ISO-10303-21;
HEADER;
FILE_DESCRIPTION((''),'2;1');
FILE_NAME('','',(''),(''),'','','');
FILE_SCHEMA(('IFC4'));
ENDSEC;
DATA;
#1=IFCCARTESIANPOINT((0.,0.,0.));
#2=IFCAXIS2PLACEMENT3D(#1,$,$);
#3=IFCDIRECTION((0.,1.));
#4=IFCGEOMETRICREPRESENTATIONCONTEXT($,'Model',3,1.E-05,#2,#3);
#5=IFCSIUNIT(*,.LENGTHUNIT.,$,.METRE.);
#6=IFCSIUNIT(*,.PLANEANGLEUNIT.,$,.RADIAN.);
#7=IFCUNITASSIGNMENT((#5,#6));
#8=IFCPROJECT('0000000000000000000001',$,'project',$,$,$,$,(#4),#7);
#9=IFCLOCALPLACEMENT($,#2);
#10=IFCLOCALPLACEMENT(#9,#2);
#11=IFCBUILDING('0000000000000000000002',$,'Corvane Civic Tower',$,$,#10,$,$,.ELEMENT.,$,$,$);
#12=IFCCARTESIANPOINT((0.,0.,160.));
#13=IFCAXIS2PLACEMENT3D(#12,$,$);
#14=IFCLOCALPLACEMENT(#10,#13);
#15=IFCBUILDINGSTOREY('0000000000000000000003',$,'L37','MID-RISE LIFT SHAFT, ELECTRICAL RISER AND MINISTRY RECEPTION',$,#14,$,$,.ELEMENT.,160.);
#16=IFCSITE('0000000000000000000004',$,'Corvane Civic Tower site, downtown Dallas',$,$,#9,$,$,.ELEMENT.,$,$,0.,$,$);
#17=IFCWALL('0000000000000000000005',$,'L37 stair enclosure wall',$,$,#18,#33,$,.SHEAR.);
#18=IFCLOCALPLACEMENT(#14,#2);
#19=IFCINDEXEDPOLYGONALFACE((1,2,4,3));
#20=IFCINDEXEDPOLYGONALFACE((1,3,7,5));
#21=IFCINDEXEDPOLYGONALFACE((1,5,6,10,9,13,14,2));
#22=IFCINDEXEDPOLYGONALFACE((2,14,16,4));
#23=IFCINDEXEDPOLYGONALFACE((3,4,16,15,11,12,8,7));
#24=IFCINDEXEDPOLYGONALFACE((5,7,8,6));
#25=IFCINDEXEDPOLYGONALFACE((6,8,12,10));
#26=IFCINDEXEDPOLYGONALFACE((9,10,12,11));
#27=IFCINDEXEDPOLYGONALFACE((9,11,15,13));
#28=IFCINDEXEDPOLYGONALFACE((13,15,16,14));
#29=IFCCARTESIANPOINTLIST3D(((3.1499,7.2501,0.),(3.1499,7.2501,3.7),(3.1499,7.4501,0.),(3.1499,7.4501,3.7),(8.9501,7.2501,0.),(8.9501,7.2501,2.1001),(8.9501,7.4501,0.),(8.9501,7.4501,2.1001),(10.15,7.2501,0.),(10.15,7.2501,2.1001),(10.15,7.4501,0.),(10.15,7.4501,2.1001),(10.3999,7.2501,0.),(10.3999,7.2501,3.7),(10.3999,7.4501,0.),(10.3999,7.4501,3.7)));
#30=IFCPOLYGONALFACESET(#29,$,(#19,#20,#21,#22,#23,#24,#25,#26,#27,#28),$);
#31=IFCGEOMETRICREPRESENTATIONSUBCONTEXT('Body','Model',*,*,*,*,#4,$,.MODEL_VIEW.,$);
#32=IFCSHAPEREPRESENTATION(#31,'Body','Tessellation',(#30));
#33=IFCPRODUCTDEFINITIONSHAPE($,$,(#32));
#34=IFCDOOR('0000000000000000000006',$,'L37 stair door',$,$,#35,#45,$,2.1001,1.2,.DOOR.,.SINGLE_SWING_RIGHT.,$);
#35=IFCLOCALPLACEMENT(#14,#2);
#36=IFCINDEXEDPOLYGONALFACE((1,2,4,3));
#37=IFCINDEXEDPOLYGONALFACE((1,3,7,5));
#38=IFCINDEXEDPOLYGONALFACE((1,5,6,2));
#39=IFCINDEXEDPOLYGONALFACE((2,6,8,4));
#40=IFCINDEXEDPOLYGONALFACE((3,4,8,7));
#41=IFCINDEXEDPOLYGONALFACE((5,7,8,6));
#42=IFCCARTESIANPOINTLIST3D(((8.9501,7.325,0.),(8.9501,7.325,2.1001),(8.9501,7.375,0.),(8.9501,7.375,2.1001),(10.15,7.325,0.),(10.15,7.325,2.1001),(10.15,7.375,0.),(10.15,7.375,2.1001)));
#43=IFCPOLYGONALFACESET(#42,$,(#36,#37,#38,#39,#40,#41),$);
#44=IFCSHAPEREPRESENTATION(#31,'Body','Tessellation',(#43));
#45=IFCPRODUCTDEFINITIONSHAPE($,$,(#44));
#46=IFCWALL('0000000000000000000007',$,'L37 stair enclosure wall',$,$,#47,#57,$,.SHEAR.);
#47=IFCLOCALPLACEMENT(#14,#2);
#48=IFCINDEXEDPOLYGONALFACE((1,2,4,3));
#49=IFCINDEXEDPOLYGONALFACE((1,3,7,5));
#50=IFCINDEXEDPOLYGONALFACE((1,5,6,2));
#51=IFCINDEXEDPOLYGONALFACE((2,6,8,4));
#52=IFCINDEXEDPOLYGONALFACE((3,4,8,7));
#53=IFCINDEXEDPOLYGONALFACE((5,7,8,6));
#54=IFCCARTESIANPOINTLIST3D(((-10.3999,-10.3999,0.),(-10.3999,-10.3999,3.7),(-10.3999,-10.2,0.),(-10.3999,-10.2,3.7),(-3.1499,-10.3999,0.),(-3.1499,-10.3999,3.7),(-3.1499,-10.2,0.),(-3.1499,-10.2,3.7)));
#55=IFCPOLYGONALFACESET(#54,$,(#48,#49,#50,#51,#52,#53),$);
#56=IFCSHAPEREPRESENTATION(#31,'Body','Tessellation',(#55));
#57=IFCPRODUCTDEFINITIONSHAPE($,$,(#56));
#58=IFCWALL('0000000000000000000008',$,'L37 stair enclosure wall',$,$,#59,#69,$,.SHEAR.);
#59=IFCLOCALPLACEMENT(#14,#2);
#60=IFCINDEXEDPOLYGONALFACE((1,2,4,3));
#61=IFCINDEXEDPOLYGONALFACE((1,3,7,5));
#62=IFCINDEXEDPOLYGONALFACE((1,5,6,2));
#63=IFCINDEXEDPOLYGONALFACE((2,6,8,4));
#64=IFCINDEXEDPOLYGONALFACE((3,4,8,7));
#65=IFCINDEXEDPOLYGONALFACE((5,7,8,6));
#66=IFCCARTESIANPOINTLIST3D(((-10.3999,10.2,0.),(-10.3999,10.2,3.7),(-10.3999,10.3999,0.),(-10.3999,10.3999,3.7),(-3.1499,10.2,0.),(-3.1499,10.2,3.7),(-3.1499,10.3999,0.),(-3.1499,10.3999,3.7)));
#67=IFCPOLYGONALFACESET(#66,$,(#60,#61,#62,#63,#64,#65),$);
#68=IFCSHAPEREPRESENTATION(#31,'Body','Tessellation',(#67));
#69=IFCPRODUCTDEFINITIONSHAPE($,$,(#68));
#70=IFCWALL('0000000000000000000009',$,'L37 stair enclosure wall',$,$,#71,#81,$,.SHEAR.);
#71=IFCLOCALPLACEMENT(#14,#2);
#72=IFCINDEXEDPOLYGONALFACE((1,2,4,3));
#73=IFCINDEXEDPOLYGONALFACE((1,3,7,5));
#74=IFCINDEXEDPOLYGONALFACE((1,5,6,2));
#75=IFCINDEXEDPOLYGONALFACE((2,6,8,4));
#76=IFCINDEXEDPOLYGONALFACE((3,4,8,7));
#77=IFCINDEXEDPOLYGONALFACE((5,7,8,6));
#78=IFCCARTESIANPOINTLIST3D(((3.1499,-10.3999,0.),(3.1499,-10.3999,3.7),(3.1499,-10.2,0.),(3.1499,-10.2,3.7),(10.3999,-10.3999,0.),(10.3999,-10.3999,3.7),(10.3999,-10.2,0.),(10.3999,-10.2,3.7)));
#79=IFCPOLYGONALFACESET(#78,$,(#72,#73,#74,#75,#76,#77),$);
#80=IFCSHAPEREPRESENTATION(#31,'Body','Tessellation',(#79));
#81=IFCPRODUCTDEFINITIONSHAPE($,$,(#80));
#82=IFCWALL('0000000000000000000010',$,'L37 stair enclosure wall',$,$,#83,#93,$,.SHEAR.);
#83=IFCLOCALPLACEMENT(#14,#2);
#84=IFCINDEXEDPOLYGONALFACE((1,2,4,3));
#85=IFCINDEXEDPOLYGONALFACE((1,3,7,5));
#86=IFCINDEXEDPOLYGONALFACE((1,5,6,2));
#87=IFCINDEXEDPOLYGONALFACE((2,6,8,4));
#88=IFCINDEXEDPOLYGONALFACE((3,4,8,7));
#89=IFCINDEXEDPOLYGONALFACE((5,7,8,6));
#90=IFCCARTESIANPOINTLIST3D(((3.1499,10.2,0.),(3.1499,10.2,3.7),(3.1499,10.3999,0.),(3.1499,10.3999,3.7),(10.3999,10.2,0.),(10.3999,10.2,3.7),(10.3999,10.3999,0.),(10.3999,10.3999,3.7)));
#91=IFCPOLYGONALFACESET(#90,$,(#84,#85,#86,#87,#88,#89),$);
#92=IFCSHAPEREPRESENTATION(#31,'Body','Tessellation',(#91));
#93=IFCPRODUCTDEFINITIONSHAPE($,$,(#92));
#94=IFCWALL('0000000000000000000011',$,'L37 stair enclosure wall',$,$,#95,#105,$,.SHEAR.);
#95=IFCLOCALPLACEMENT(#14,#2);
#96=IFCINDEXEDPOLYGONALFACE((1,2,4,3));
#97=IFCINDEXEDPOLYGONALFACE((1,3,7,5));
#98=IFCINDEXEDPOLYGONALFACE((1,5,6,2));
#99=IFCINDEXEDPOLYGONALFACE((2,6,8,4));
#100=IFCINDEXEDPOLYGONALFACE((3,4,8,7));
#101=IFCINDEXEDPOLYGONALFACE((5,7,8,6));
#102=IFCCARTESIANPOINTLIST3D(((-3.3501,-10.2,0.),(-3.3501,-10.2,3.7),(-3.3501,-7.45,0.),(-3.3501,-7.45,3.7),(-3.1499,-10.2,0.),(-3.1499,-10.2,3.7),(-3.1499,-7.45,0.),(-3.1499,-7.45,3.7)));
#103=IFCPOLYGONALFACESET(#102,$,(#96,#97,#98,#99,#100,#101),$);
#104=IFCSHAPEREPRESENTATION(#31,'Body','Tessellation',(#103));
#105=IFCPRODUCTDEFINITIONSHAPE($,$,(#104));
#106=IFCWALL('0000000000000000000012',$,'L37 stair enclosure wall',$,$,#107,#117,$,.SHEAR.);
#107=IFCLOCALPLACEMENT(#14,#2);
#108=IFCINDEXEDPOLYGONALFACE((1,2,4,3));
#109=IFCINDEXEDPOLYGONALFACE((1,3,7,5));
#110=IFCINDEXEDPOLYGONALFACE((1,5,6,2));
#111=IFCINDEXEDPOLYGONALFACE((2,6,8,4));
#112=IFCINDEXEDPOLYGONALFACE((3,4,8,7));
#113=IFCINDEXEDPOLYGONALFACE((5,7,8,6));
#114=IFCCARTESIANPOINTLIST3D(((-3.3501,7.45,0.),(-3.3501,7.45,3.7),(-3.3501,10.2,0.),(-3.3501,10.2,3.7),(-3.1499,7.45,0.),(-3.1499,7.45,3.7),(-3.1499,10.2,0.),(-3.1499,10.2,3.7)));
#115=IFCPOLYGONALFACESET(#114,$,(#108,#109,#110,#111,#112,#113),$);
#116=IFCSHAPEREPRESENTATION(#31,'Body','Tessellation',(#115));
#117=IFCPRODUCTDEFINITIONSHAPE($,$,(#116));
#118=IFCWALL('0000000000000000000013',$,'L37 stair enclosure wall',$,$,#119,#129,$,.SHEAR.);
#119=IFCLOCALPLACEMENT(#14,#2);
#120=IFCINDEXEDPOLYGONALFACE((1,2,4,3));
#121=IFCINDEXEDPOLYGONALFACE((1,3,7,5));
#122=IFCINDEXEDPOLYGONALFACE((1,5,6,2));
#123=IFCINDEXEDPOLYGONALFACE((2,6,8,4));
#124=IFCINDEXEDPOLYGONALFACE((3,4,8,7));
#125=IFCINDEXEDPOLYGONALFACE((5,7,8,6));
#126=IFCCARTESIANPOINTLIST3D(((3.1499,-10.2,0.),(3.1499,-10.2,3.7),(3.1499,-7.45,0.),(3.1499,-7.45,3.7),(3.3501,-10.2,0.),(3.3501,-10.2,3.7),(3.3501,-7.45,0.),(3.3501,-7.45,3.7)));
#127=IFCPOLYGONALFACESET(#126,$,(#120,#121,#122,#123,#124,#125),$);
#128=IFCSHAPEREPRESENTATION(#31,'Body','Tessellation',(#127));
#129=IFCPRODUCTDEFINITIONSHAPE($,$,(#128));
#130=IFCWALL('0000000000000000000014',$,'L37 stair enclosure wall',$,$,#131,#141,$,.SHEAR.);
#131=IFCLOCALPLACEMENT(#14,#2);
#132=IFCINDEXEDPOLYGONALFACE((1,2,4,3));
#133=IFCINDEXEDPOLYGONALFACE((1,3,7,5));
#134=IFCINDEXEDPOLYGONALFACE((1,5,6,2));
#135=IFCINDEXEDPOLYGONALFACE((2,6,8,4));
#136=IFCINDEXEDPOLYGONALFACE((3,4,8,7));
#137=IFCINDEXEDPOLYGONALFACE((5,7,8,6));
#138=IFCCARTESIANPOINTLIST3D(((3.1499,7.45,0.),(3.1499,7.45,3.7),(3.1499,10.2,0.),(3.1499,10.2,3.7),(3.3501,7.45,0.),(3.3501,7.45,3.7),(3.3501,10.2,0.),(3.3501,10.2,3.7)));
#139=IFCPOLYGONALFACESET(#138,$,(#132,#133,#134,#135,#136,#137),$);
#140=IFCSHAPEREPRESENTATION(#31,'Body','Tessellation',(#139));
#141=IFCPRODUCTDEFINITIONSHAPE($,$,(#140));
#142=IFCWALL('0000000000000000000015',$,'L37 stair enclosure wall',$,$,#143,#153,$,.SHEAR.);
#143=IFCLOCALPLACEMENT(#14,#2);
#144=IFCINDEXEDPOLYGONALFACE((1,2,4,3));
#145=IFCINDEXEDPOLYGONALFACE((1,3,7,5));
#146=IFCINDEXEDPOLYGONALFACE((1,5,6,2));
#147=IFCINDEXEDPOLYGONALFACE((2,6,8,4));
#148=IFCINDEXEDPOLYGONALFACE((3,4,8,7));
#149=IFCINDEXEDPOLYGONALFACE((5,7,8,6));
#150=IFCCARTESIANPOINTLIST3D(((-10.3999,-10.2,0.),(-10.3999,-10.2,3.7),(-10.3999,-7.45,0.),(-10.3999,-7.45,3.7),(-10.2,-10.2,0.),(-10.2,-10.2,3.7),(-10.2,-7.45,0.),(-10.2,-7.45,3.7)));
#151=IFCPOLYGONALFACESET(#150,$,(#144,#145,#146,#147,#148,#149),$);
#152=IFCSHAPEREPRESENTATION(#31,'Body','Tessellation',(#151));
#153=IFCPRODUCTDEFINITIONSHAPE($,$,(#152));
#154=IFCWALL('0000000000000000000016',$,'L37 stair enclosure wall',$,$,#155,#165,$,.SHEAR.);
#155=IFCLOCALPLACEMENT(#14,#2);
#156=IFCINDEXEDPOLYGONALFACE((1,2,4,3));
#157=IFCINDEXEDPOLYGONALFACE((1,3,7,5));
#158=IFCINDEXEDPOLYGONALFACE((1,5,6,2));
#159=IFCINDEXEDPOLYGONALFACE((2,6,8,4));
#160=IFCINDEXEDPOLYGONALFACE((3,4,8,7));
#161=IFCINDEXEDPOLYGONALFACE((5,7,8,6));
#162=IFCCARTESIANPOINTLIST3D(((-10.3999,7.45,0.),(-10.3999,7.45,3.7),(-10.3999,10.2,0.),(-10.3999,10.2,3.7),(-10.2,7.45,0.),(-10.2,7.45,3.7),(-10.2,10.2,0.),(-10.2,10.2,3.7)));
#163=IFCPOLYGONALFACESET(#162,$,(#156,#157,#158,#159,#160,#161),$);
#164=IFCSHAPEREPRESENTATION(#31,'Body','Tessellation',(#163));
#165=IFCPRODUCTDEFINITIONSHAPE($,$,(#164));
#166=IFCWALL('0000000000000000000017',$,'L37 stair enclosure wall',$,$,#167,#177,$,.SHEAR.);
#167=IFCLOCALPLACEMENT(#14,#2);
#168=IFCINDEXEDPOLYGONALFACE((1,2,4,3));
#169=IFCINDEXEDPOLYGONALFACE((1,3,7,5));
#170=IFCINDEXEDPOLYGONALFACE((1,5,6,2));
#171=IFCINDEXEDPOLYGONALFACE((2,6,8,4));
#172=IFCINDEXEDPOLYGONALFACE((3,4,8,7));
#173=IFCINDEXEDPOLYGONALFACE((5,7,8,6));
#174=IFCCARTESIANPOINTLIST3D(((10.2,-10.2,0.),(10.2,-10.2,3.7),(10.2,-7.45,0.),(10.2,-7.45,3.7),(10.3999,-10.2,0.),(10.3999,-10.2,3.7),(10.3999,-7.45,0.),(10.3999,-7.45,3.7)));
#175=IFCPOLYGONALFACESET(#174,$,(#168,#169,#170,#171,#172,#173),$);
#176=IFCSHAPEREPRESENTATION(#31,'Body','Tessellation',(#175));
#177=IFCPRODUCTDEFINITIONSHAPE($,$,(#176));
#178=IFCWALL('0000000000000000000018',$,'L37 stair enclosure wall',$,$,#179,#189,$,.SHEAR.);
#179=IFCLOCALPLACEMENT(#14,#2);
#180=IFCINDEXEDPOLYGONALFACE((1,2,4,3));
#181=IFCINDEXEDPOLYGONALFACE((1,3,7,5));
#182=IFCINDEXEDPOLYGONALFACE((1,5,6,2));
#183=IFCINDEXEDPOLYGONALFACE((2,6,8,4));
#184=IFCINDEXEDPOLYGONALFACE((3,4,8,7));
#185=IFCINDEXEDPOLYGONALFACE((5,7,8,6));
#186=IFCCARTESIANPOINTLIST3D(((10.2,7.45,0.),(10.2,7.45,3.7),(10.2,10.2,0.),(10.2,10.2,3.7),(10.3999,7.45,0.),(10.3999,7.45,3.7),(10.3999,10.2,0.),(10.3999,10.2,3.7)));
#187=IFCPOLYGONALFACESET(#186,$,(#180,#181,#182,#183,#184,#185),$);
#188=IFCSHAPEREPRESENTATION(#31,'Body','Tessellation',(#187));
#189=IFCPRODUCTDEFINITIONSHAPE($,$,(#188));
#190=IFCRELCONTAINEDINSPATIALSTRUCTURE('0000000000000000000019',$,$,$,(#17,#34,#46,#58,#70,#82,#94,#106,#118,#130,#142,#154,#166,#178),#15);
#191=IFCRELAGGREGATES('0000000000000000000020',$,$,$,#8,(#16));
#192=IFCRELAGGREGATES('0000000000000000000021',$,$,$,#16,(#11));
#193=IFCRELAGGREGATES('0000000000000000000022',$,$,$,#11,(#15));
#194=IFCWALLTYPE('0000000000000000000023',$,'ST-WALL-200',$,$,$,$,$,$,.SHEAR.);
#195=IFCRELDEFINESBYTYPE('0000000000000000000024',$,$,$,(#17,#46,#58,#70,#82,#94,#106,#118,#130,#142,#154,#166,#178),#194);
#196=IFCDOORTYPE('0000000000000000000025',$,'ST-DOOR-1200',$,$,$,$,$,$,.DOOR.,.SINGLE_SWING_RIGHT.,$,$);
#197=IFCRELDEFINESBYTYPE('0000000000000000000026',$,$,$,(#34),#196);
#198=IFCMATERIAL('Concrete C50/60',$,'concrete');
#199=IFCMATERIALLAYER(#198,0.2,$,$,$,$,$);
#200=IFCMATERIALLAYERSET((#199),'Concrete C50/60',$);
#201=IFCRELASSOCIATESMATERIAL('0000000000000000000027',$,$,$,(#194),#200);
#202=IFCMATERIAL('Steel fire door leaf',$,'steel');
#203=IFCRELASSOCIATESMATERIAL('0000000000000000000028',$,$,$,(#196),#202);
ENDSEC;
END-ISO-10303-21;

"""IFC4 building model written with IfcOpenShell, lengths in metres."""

from ifc_helpers import new_model, si_unit, direction, frame, frame_2d, origin, place, context, subcontext, project, spatial, polyline, rectangle, outline, extrude, material, layer, layer_set, type_object, element, fill, save


model = new_model("IFC4")

# Units and contexts
model_context = context("Model", 3, precision=1e-05, world=origin(), true_north=direction((0.0, 1.0)))
body_context = subcontext(model_context, "Body", "Model", "MODEL_VIEW")
ifc_project = project(units=[si_unit("LENGTHUNIT", "METRE"), si_unit("PLANEANGLEUNIT", "RADIAN")], contexts=[model_context])

# Site, building, storey
site_placement = place(None, origin())
site = spatial("IfcSite", under=ifc_project, at=site_placement, Name="Corvane Civic Tower site, downtown Dallas", CompositionType="ELEMENT", RefElevation=0.0)
building_placement = place(site_placement, origin())
building = spatial("IfcBuilding", under=site, at=building_placement, Name="Corvane Civic Tower", CompositionType="ELEMENT")
storey_placement = place(building_placement, frame((0.0, 0.0, 160.0)))
storey = spatial("IfcBuildingStorey", under=building, at=storey_placement, Name="L37", Description="MID-RISE LIFT SHAFT, ELECTRICAL RISER AND MINISTRY RECEPTION", CompositionType="ELEMENT", Elevation=160.0)

# Wall, opening, door
ifc_material_1 = material(Name="Concrete C50/60", Category="concrete")
ifc_layer_1 = layer(ifc_material_1, 0.2)
ifc_layer_set_1 = layer_set([ifc_layer_1], Name="Concrete C50/60")
wall_type_1 = type_object("IfcWallType", Name="ST-WALL-200", PredefinedType="SHEAR", material=ifc_layer_set_1)
wall_1_placement = place(storey_placement, frame((3.1499, 7.3501, 0.0), z_axis=(0.0, 0.0, 1.0), x_axis=(1.0, 0.0, 0.0)))
wall_1 = element("IfcWall", 1, at=wall_1_placement, inside=storey, type_object=wall_type_1, Name="L37 stair enclosure wall", PredefinedType="SHEAR", context=body_context, shape_type="SweptSolid", body=[
    extrude(rectangle(XDim=7.25, YDim=0.2, at=frame_2d((3.625, 0.0))), origin(), (0.0, 0.0, 1.0), 3.7),
])
opening_1_placement = place(wall_1_placement, frame((5.8, 0.0, 0.0)))
opening_1 = element("IfcOpeningElement", 2, at=opening_1_placement, cuts=wall_1, PredefinedType="OPENING", context=body_context, shape_type="SweptSolid", body=[
    extrude(rectangle(XDim=1.2, YDim=2.1001, at=frame_2d((0.6001, 1.05))), frame((0.0, 0.1099, 0.0), z_axis=(0.0, -1.0, 0.0), x_axis=(1.0, 0.0, 0.0)), (0.0, 0.0, 1.0), 0.22),
])
ifc_material_2 = material(Name="Steel fire door leaf", Category="steel")
door_type_1 = type_object("IfcDoorType", Name="ST-DOOR-1200", OperationType="SINGLE_SWING_RIGHT", PredefinedType="DOOR", material=ifc_material_2)
door_1_placement = place(opening_1_placement, origin())
door_1 = element("IfcDoor", 3, at=door_1_placement, inside=storey, type_object=door_type_1, Name="L37 stair door", OperationType="SINGLE_SWING_RIGHT", OverallHeight=2.1001, OverallWidth=1.2, PredefinedType="DOOR", context=body_context, shape_type="SweptSolid", body=[
    extrude(rectangle(XDim=1.2, YDim=2.1001, at=frame_2d((0.6001, 1.05))), frame((0.0, 0.0249, 0.0), z_axis=(0.0, -1.0, 0.0), x_axis=(1.0, 0.0, 0.0)), (0.0, 0.0, 1.0), 0.05),
])
fill(opening_1, door_1)

# Walls
wall_2_placement = place(storey_placement, origin())
element("IfcWall", 4, at=wall_2_placement, inside=storey, type_object=wall_type_1, Name="L37 stair enclosure wall", PredefinedType="SHEAR", context=body_context, shape_type="SweptSolid", body=[
    extrude(outline(polyline([(-3.1499, -10.2), (-3.1499, -10.3999), (-10.3999, -10.3999), (-10.3999, -10.2), (-3.1499, -10.2)])), origin(), (0.0, 0.0, 1.0), 3.7),
])
wall_3_placement = place(storey_placement, origin())
element("IfcWall", 5, at=wall_3_placement, inside=storey, type_object=wall_type_1, Name="L37 stair enclosure wall", PredefinedType="SHEAR", context=body_context, shape_type="SweptSolid", body=[
    extrude(outline(polyline([(-3.1499, 10.2), (-10.3999, 10.2), (-10.3999, 10.3999), (-3.1499, 10.3999), (-3.1499, 10.2)])), origin(), (0.0, 0.0, 1.0), 3.7),
])
wall_4_placement = place(storey_placement, origin())
element("IfcWall", 6, at=wall_4_placement, inside=storey, type_object=wall_type_1, Name="L37 stair enclosure wall", PredefinedType="SHEAR", context=body_context, shape_type="SweptSolid", body=[
    extrude(outline(polyline([(10.3999, -10.3999), (3.1499, -10.3999), (3.1499, -10.2), (10.3999, -10.2), (10.3999, -10.3999)])), origin(), (0.0, 0.0, 1.0), 3.7),
])
wall_5_placement = place(storey_placement, origin())
element("IfcWall", 7, at=wall_5_placement, inside=storey, type_object=wall_type_1, Name="L37 stair enclosure wall", PredefinedType="SHEAR", context=body_context, shape_type="SweptSolid", body=[
    extrude(outline(polyline([(10.3999, 10.2), (3.1499, 10.2), (3.1499, 10.3999), (10.3999, 10.3999), (10.3999, 10.2)])), origin(), (0.0, 0.0, 1.0), 3.7),
])
wall_6_placement = place(storey_placement, origin())
element("IfcWall", 8, at=wall_6_placement, inside=storey, type_object=wall_type_1, Name="L37 stair enclosure wall", PredefinedType="SHEAR", context=body_context, shape_type="SweptSolid", body=[
    extrude(outline(polyline([(-3.1499, -7.45), (-3.1499, -10.2), (-3.3501, -10.2), (-3.3501, -7.45), (-3.1499, -7.45)])), origin(), (0.0, 0.0, 1.0), 3.7),
])
wall_7_placement = place(storey_placement, origin())
element("IfcWall", 9, at=wall_7_placement, inside=storey, type_object=wall_type_1, Name="L37 stair enclosure wall", PredefinedType="SHEAR", context=body_context, shape_type="SweptSolid", body=[
    extrude(outline(polyline([(-3.1499, 7.45), (-3.3501, 7.45), (-3.3501, 10.2), (-3.1499, 10.2), (-3.1499, 7.45)])), origin(), (0.0, 0.0, 1.0), 3.7),
])
wall_8_placement = place(storey_placement, origin())
element("IfcWall", 10, at=wall_8_placement, inside=storey, type_object=wall_type_1, Name="L37 stair enclosure wall", PredefinedType="SHEAR", context=body_context, shape_type="SweptSolid", body=[
    extrude(outline(polyline([(3.3501, -7.45), (3.3501, -10.2), (3.1499, -10.2), (3.1499, -7.45), (3.3501, -7.45)])), origin(), (0.0, 0.0, 1.0), 3.7),
])
wall_9_placement = place(storey_placement, origin())
element("IfcWall", 11, at=wall_9_placement, inside=storey, type_object=wall_type_1, Name="L37 stair enclosure wall", PredefinedType="SHEAR", context=body_context, shape_type="SweptSolid", body=[
    extrude(outline(polyline([(3.3501, 7.45), (3.1499, 7.45), (3.1499, 10.2), (3.3501, 10.2), (3.3501, 7.45)])), origin(), (0.0, 0.0, 1.0), 3.7),
])
wall_10_placement = place(storey_placement, origin())
element("IfcWall", 12, at=wall_10_placement, inside=storey, type_object=wall_type_1, Name="L37 stair enclosure wall", PredefinedType="SHEAR", context=body_context, shape_type="SweptSolid", body=[
    extrude(outline(polyline([(-10.2, -7.45), (-10.2, -10.2), (-10.3999, -10.2), (-10.3999, -7.45), (-10.2, -7.45)])), origin(), (0.0, 0.0, 1.0), 3.7),
])
wall_11_placement = place(storey_placement, origin())
element("IfcWall", 13, at=wall_11_placement, inside=storey, type_object=wall_type_1, Name="L37 stair enclosure wall", PredefinedType="SHEAR", context=body_context, shape_type="SweptSolid", body=[
    extrude(outline(polyline([(-10.2, 7.45), (-10.3999, 7.45), (-10.3999, 10.2), (-10.2, 10.2), (-10.2, 7.45)])), origin(), (0.0, 0.0, 1.0), 3.7),
])
wall_12_placement = place(storey_placement, origin())
element("IfcWall", 14, at=wall_12_placement, inside=storey, type_object=wall_type_1, Name="L37 stair enclosure wall", PredefinedType="SHEAR", context=body_context, shape_type="SweptSolid", body=[
    extrude(outline(polyline([(10.3999, -7.45), (10.3999, -10.2), (10.2, -10.2), (10.2, -7.45), (10.3999, -7.45)])), origin(), (0.0, 0.0, 1.0), 3.7),
])
wall_13_placement = place(storey_placement, origin())
element("IfcWall", 15, at=wall_13_placement, inside=storey, type_object=wall_type_1, Name="L37 stair enclosure wall", PredefinedType="SHEAR", context=body_context, shape_type="SweptSolid", body=[
    extrude(outline(polyline([(10.3999, 7.45), (10.2, 7.45), (10.2, 10.2), (10.3999, 10.2), (10.3999, 7.45)])), origin(), (0.0, 0.0, 1.0), 3.7),
])

save(model, "model.ifc")
